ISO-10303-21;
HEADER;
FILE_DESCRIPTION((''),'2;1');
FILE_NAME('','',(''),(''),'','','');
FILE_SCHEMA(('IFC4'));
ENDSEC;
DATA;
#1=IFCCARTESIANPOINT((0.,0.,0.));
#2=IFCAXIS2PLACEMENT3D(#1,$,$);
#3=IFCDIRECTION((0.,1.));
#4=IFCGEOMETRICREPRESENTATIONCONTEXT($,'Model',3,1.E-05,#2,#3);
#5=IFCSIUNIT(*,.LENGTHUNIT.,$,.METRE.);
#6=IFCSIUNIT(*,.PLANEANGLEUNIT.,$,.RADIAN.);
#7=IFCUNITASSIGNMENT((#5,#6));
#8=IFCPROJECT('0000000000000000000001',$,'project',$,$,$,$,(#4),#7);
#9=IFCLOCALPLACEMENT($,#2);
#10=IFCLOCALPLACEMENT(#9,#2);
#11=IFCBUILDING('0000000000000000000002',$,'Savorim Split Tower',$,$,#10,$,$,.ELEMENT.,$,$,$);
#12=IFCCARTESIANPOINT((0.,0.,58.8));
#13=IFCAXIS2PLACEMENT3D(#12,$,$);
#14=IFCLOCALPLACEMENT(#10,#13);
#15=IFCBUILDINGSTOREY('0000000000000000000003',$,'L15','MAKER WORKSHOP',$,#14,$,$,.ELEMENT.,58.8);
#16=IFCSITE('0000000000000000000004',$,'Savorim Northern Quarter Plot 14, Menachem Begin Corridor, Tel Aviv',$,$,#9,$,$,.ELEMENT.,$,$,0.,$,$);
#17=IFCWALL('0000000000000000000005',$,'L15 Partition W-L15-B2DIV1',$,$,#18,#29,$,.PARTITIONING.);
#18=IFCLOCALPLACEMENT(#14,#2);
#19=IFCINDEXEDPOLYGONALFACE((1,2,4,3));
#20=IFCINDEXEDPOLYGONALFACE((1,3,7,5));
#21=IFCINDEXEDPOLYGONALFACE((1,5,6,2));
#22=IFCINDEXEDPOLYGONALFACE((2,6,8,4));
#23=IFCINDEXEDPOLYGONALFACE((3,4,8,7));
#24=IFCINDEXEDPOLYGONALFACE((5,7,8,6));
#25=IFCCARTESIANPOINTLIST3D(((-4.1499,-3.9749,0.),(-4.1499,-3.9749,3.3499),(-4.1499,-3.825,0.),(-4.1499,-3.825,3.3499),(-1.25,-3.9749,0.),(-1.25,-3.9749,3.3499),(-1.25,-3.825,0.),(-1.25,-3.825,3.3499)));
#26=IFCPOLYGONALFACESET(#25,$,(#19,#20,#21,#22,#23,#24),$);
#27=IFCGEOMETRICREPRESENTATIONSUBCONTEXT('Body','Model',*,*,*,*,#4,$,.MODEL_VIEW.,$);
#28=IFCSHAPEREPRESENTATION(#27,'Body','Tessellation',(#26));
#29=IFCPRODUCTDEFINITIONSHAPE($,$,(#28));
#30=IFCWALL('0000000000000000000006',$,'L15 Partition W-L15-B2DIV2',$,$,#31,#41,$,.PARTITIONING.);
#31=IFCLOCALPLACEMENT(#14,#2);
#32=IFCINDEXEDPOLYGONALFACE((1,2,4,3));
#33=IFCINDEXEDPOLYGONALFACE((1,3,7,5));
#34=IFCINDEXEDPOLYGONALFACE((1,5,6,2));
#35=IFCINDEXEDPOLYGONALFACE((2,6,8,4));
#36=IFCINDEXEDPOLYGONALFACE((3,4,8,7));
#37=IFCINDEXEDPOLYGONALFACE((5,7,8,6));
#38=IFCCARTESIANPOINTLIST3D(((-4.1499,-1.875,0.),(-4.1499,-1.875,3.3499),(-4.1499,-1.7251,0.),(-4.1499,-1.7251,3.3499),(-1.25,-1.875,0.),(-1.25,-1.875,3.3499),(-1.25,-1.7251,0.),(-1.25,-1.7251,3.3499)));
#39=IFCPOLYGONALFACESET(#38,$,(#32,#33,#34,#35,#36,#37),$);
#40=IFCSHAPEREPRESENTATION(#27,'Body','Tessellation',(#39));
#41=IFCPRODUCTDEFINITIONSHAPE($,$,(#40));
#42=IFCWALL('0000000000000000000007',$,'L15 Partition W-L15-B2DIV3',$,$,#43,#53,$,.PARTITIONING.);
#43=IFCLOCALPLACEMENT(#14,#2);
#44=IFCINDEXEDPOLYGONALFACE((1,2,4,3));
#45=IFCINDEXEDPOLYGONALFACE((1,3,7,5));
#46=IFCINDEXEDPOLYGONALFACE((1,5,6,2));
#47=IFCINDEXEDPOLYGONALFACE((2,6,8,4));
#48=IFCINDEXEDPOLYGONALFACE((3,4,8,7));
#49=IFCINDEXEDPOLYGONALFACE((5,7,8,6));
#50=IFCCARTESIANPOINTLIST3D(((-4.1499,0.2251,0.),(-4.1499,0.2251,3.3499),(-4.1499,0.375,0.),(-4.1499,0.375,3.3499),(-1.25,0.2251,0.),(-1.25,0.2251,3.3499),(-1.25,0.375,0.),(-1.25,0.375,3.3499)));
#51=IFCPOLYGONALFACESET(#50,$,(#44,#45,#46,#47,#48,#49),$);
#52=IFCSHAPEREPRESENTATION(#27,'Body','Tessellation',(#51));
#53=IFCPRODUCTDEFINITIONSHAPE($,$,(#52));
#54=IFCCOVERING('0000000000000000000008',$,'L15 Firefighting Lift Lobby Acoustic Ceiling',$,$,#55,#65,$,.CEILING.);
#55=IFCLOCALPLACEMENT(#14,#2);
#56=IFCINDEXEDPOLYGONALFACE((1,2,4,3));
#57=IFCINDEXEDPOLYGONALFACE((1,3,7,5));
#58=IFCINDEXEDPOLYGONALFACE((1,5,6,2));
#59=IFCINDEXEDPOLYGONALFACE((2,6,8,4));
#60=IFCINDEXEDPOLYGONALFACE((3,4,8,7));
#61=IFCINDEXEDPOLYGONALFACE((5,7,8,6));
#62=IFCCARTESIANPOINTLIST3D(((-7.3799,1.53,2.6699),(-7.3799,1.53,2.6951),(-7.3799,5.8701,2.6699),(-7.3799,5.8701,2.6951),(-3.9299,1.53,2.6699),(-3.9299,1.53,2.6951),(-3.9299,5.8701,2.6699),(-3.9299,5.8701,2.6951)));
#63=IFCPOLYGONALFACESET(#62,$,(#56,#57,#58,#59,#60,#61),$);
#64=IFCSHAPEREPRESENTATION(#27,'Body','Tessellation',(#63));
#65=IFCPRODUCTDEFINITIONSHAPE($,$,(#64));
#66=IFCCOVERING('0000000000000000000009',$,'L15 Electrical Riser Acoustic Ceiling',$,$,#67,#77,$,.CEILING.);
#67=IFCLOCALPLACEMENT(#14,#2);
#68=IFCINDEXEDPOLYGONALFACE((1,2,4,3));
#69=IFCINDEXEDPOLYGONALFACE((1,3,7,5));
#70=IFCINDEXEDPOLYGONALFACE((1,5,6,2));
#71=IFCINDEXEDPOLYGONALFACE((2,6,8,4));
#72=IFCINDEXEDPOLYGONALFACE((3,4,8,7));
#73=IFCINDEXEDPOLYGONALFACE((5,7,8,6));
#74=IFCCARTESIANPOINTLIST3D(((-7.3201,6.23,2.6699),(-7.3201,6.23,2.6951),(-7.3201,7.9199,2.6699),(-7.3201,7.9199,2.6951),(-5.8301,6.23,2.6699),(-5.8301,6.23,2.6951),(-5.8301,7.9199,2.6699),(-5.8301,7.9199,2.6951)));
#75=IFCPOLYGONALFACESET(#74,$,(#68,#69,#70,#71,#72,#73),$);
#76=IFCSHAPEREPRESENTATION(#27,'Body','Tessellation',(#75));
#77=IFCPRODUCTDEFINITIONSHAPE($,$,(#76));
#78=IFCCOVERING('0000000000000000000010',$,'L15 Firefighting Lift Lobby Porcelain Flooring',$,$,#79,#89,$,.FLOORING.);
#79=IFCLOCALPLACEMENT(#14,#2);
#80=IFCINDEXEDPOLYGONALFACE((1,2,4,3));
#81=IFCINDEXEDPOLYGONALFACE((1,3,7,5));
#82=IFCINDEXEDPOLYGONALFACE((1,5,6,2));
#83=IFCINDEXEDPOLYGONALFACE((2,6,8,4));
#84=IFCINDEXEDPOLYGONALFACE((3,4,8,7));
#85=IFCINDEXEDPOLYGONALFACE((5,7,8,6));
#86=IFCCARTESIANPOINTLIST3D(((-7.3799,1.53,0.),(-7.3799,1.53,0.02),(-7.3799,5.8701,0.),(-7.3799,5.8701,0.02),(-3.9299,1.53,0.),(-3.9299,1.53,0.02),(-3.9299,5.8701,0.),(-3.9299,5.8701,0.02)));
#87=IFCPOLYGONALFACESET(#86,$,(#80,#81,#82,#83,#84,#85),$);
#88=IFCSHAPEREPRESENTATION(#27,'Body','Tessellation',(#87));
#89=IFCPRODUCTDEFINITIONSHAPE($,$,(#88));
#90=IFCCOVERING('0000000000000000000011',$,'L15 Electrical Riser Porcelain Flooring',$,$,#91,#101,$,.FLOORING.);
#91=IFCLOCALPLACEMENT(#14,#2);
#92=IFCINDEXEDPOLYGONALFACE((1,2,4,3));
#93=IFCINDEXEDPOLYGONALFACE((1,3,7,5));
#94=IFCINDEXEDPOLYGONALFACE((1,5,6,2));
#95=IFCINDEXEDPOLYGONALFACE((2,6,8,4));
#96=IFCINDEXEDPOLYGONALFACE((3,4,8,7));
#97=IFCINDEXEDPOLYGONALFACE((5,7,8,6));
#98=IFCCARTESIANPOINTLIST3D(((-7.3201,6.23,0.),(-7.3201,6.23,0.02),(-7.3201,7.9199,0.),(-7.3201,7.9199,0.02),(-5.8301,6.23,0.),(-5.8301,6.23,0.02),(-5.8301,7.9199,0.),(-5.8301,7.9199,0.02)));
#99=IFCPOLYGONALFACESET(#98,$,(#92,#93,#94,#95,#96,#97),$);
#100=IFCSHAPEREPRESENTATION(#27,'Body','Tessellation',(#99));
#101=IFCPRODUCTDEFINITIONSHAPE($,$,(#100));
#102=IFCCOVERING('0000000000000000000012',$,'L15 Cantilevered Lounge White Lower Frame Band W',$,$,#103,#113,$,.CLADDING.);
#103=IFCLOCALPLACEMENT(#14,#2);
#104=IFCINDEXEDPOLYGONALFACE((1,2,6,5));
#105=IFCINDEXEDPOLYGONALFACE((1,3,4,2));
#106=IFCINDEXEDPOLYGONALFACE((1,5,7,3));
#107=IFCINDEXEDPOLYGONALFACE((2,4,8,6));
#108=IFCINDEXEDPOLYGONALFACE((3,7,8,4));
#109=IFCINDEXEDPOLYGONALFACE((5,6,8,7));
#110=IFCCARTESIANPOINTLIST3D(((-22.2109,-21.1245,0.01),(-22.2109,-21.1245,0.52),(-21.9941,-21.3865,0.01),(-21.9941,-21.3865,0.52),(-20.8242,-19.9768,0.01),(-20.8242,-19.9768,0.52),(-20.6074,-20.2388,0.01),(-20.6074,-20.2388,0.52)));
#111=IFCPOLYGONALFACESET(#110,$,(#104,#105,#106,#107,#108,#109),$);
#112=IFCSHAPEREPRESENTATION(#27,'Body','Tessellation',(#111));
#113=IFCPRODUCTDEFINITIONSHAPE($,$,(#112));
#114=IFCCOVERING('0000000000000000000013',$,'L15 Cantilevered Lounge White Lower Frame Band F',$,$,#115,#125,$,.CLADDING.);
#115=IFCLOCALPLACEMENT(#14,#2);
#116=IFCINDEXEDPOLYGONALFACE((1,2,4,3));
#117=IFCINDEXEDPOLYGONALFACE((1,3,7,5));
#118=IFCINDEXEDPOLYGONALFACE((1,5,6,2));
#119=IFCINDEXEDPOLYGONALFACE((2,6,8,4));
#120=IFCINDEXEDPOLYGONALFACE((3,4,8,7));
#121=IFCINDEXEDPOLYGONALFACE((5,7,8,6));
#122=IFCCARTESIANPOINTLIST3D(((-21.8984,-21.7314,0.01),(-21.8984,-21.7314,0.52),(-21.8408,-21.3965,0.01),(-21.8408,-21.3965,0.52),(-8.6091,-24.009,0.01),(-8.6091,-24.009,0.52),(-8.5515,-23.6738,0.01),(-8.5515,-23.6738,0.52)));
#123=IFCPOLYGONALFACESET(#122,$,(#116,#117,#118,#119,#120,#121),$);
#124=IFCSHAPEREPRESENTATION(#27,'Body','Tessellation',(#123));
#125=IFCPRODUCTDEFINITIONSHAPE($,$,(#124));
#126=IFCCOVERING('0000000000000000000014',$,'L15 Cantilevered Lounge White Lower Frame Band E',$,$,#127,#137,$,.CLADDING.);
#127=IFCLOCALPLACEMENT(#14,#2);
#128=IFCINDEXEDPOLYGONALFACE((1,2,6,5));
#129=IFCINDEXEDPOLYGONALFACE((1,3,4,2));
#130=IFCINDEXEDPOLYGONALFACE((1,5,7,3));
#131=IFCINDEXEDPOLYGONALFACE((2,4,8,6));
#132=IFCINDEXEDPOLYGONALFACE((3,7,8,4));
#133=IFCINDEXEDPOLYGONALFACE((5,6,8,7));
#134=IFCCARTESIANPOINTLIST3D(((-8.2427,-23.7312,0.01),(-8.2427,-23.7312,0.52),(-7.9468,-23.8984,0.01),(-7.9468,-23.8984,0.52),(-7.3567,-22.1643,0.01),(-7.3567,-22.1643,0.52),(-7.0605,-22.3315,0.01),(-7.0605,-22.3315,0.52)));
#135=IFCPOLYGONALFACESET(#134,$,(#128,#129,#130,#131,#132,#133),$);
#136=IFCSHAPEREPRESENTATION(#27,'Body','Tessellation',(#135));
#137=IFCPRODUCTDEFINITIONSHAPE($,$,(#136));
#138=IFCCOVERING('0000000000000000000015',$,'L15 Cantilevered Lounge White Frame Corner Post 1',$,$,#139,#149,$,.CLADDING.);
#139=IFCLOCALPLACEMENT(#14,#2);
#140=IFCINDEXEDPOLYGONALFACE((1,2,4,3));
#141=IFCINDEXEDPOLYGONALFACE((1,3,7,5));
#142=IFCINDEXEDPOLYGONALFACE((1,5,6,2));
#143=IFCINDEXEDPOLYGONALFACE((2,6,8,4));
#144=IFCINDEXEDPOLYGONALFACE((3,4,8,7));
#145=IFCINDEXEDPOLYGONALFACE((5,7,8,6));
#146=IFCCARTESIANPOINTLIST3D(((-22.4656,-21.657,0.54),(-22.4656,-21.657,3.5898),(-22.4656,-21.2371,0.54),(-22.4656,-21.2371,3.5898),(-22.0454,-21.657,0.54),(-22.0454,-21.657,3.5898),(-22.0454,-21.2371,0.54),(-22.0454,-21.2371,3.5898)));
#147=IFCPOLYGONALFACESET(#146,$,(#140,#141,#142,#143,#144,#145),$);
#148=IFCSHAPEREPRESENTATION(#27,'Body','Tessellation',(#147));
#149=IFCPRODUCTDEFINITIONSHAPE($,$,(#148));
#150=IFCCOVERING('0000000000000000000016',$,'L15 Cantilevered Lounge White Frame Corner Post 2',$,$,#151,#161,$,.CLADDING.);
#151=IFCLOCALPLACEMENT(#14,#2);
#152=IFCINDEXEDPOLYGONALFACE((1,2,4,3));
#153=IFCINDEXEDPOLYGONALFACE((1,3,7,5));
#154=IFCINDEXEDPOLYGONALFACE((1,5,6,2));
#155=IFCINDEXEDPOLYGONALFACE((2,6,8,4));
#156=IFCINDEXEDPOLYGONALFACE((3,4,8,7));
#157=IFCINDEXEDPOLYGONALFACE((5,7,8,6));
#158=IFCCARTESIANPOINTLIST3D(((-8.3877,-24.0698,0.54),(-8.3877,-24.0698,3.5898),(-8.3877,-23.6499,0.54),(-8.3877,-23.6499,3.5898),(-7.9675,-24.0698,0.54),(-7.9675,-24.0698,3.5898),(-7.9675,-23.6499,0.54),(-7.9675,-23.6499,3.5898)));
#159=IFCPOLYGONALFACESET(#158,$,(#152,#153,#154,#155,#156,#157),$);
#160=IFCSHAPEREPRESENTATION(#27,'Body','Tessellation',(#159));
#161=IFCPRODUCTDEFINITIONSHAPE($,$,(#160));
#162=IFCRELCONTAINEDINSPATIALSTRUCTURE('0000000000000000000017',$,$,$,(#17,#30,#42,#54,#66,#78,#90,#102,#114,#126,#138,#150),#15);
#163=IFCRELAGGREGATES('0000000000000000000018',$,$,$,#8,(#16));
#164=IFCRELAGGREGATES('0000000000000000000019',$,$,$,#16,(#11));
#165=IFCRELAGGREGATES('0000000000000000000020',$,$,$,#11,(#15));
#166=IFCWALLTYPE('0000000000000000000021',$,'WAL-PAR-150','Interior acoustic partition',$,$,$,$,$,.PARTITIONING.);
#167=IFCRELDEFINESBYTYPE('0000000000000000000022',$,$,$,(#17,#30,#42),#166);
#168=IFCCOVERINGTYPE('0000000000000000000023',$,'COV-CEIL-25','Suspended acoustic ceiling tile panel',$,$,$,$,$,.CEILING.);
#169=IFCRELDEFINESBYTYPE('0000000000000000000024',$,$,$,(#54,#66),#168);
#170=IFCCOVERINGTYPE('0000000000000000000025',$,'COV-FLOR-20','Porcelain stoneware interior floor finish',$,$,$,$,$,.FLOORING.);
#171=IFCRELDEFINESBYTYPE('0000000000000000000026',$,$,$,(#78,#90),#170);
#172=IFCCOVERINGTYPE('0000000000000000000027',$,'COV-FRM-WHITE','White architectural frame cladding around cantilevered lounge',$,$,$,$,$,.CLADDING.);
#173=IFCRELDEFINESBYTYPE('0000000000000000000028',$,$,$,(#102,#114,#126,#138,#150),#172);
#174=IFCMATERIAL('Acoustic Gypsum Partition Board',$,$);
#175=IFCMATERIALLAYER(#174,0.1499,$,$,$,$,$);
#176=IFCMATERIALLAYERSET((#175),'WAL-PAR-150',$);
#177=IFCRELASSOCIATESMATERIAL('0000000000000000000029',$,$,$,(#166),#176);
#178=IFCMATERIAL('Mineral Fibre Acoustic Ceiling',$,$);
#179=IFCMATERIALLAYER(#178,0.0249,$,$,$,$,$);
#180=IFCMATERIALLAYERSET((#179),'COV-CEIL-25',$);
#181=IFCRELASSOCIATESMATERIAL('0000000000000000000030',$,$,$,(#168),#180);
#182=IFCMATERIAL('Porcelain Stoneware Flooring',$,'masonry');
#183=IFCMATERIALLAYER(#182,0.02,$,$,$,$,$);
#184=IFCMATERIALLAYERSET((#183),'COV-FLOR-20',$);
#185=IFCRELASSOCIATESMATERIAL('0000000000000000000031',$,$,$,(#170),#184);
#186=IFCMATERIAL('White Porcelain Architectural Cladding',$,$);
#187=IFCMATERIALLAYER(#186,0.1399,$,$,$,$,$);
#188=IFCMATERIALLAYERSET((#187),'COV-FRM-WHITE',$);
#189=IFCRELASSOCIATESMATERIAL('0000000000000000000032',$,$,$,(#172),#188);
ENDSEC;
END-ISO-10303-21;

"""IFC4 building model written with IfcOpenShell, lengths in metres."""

from ifc_helpers import new_model, si_unit, direction, frame, frame_2d, origin, place, context, subcontext, project, spatial, polyline, rectangle, outline, extrude, material, layer, layer_set, type_object, element, save


model = new_model("IFC4")

# Units and contexts
model_context = context("Model", 3, precision=1e-05, world=origin(), true_north=direction((0.0, 1.0)))
body_context = subcontext(model_context, "Body", "Model", "MODEL_VIEW")
ifc_project = project(units=[si_unit("LENGTHUNIT", "METRE"), si_unit("PLANEANGLEUNIT", "RADIAN")], contexts=[model_context])

# Site, building, storey
site_placement = place(None, origin())
site = spatial("IfcSite", under=ifc_project, at=site_placement, Name="Savorim Northern Quarter Plot 14, Menachem Begin Corridor, Tel Aviv", CompositionType="ELEMENT", RefElevation=0.0)
building_placement = place(site_placement, origin())
building = spatial("IfcBuilding", under=site, at=building_placement, Name="Savorim Split Tower", CompositionType="ELEMENT")
storey_placement = place(building_placement, frame((0.0, 0.0, 58.8)))
storey = spatial("IfcBuildingStorey", under=building, at=storey_placement, Name="L15", Description="MAKER WORKSHOP", CompositionType="ELEMENT", Elevation=58.8)

# Walls
ifc_material_1 = material(Name="Acoustic Gypsum Partition Board")
ifc_layer_1 = layer(ifc_material_1, 0.1499)
ifc_layer_set_1 = layer_set([ifc_layer_1], Name="WAL-PAR-150")
wall_type_1 = type_object("IfcWallType", Name="WAL-PAR-150", Description="Interior acoustic partition", PredefinedType="PARTITIONING", material=ifc_layer_set_1)
for number, where, z_axis, x_axis, name in (
    (1, (-4.1499, -3.8999, 0.0), (0.0, 0.0, 1.0), (1.0, 0.0, 0.0), "L15 Partition W-L15-B2DIV1"),
    (2, (-4.1499, -1.8, 0.0), (0.0, 0.0, 1.0), (1.0, 0.0, 0.0), "L15 Partition W-L15-B2DIV2"),
    (3, (-4.1499, 0.3, 0.0), (0.0, 0.0, 1.0), (1.0, 0.0, 0.0), "L15 Partition W-L15-B2DIV3"),
):
    element("IfcWall", number, at=place(storey_placement, frame(where, z_axis=z_axis, x_axis=x_axis)), inside=storey, type_object=wall_type_1, Name=name, PredefinedType="PARTITIONING", context=body_context, shape_type="SweptSolid", body=[
        extrude(rectangle(XDim=2.8999, YDim=0.1499, at=frame_2d((1.45, 0.0))), origin(), (0.0, 0.0, 1.0), 3.3499),
    ])

# Coverings
ifc_material_2 = material(Name="Mineral Fibre Acoustic Ceiling")
ifc_layer_2 = layer(ifc_material_2, 0.0249)
ifc_layer_set_2 = layer_set([ifc_layer_2], Name="COV-CEIL-25")
covering_type_1 = type_object("IfcCoveringType", Name="COV-CEIL-25", Description="Suspended acoustic ceiling tile panel", PredefinedType="CEILING", material=ifc_layer_set_2)
covering_1_placement = place(storey_placement, frame((0.0, 0.0, 2.6699)))
element("IfcCovering", 4, at=covering_1_placement, inside=storey, type_object=covering_type_1, Name="L15 Firefighting Lift Lobby Acoustic Ceiling", PredefinedType="CEILING", context=body_context, shape_type="SweptSolid", body=[
    extrude(outline(polyline([(-7.3799, 5.8701), (-7.3799, 1.53), (-3.9299, 1.53), (-3.9299, 5.8701), (-7.3799, 5.8701)])), origin(), (0.0, 0.0, 1.0), 0.0251),
])
covering_2_placement = place(storey_placement, frame((0.0, 0.0, 2.6699)))
element("IfcCovering", 5, at=covering_2_placement, inside=storey, type_object=covering_type_1, Name="L15 Electrical Riser Acoustic Ceiling", PredefinedType="CEILING", context=body_context, shape_type="SweptSolid", body=[
    extrude(outline(polyline([(-7.3201, 7.9199), (-7.3201, 6.23), (-5.8301, 6.23), (-5.8301, 7.9199), (-7.3201, 7.9199)])), origin(), (0.0, 0.0, 1.0), 0.0251),
])
ifc_material_3 = material(Name="Porcelain Stoneware Flooring", Category="masonry")
ifc_layer_3 = layer(ifc_material_3, 0.02)
ifc_layer_set_3 = layer_set([ifc_layer_3], Name="COV-FLOR-20")
covering_type_2 = type_object("IfcCoveringType", Name="COV-FLOR-20", Description="Porcelain stoneware interior floor finish", PredefinedType="FLOORING", material=ifc_layer_set_3)
covering_3_placement = place(storey_placement, origin())
element("IfcCovering", 6, at=covering_3_placement, inside=storey, type_object=covering_type_2, Name="L15 Firefighting Lift Lobby Porcelain Flooring", PredefinedType="FLOORING", context=body_context, shape_type="SweptSolid", body=[
    extrude(outline(polyline([(-7.3799, 5.8701), (-7.3799, 1.53), (-3.9299, 1.53), (-3.9299, 5.8701), (-7.3799, 5.8701)])), origin(), (0.0, 0.0, 1.0), 0.02),
])
covering_4_placement = place(storey_placement, origin())
element("IfcCovering", 7, at=covering_4_placement, inside=storey, type_object=covering_type_2, Name="L15 Electrical Riser Porcelain Flooring", PredefinedType="FLOORING", context=body_context, shape_type="SweptSolid", body=[
    extrude(outline(polyline([(-7.3201, 7.9199), (-7.3201, 6.23), (-5.8301, 6.23), (-5.8301, 7.9199), (-7.3201, 7.9199)])), origin(), (0.0, 0.0, 1.0), 0.02),
])
ifc_material_4 = material(Name="White Porcelain Architectural Cladding")
ifc_layer_4 = layer(ifc_material_4, 0.1399)
ifc_layer_set_4 = layer_set([ifc_layer_4], Name="COV-FRM-WHITE")
covering_type_3 = type_object("IfcCoveringType", Name="COV-FRM-WHITE", Description="White architectural frame cladding around cantilevered lounge", PredefinedType="CLADDING", material=ifc_layer_set_4)
covering_5_placement = place(storey_placement, frame((0.0, 0.0, 0.01)))
element("IfcCovering", 8, at=covering_5_placement, inside=storey, type_object=covering_type_3, Name="L15 Cantilevered Lounge White Lower Frame Band W", PredefinedType="CLADDING", context=body_context, shape_type="SweptSolid", body=[
    extrude(outline(polyline([(-20.8242, -19.9768), (-22.2109, -21.1245), (-21.9941, -21.3865), (-20.6074, -20.2388), (-20.8242, -19.9768)])), origin(), (0.0, 0.0, 1.0), 0.51),
])
covering_6_placement = place(storey_placement, frame((0.0, 0.0, 0.01)))
element("IfcCovering", 9, at=covering_6_placement, inside=storey, type_object=covering_type_3, Name="L15 Cantilevered Lounge White Lower Frame Band F", PredefinedType="CLADDING", context=body_context, shape_type="SweptSolid", body=[
    extrude(outline(polyline([(-21.8984, -21.7314), (-8.6091, -24.009), (-8.5515, -23.6738), (-21.8408, -21.3965), (-21.8984, -21.7314)])), origin(), (0.0, 0.0, 1.0), 0.51),
])
covering_7_placement = place(storey_placement, frame((0.0, 0.0, 0.01)))
element("IfcCovering", 10, at=covering_7_placement, inside=storey, type_object=covering_type_3, Name="L15 Cantilevered Lounge White Lower Frame Band E", PredefinedType="CLADDING", context=body_context, shape_type="SweptSolid", body=[
    extrude(outline(polyline([(-7.9468, -23.8984), (-7.0605, -22.3315), (-7.3567, -22.1643), (-8.2427, -23.7312), (-7.9468, -23.8984)])), origin(), (0.0, 0.0, 1.0), 0.51),
])
covering_8_placement = place(storey_placement, frame((0.0, 0.0, 0.54)))
element("IfcCovering", 11, at=covering_8_placement, inside=storey, type_object=covering_type_3, Name="L15 Cantilevered Lounge White Frame Corner Post 1", PredefinedType="CLADDING", context=body_context, shape_type="SweptSolid", body=[
    extrude(outline(polyline([(-22.4656, -21.657), (-22.0454, -21.657), (-22.0454, -21.2371), (-22.4656, -21.2371), (-22.4656, -21.657)])), origin(), (0.0, 0.0, 1.0), 3.0498),
])
covering_9_placement = place(storey_placement, frame((0.0, 0.0, 0.54)))
element("IfcCovering", 12, at=covering_9_placement, inside=storey, type_object=covering_type_3, Name="L15 Cantilevered Lounge White Frame Corner Post 2", PredefinedType="CLADDING", context=body_context, shape_type="SweptSolid", body=[
    extrude(outline(polyline([(-8.3877, -24.0698), (-7.9675, -24.0698), (-7.9675, -23.6499), (-8.3877, -23.6499), (-8.3877, -24.0698)])), origin(), (0.0, 0.0, 1.0), 3.0498),
])

save(model, "model.ifc")
